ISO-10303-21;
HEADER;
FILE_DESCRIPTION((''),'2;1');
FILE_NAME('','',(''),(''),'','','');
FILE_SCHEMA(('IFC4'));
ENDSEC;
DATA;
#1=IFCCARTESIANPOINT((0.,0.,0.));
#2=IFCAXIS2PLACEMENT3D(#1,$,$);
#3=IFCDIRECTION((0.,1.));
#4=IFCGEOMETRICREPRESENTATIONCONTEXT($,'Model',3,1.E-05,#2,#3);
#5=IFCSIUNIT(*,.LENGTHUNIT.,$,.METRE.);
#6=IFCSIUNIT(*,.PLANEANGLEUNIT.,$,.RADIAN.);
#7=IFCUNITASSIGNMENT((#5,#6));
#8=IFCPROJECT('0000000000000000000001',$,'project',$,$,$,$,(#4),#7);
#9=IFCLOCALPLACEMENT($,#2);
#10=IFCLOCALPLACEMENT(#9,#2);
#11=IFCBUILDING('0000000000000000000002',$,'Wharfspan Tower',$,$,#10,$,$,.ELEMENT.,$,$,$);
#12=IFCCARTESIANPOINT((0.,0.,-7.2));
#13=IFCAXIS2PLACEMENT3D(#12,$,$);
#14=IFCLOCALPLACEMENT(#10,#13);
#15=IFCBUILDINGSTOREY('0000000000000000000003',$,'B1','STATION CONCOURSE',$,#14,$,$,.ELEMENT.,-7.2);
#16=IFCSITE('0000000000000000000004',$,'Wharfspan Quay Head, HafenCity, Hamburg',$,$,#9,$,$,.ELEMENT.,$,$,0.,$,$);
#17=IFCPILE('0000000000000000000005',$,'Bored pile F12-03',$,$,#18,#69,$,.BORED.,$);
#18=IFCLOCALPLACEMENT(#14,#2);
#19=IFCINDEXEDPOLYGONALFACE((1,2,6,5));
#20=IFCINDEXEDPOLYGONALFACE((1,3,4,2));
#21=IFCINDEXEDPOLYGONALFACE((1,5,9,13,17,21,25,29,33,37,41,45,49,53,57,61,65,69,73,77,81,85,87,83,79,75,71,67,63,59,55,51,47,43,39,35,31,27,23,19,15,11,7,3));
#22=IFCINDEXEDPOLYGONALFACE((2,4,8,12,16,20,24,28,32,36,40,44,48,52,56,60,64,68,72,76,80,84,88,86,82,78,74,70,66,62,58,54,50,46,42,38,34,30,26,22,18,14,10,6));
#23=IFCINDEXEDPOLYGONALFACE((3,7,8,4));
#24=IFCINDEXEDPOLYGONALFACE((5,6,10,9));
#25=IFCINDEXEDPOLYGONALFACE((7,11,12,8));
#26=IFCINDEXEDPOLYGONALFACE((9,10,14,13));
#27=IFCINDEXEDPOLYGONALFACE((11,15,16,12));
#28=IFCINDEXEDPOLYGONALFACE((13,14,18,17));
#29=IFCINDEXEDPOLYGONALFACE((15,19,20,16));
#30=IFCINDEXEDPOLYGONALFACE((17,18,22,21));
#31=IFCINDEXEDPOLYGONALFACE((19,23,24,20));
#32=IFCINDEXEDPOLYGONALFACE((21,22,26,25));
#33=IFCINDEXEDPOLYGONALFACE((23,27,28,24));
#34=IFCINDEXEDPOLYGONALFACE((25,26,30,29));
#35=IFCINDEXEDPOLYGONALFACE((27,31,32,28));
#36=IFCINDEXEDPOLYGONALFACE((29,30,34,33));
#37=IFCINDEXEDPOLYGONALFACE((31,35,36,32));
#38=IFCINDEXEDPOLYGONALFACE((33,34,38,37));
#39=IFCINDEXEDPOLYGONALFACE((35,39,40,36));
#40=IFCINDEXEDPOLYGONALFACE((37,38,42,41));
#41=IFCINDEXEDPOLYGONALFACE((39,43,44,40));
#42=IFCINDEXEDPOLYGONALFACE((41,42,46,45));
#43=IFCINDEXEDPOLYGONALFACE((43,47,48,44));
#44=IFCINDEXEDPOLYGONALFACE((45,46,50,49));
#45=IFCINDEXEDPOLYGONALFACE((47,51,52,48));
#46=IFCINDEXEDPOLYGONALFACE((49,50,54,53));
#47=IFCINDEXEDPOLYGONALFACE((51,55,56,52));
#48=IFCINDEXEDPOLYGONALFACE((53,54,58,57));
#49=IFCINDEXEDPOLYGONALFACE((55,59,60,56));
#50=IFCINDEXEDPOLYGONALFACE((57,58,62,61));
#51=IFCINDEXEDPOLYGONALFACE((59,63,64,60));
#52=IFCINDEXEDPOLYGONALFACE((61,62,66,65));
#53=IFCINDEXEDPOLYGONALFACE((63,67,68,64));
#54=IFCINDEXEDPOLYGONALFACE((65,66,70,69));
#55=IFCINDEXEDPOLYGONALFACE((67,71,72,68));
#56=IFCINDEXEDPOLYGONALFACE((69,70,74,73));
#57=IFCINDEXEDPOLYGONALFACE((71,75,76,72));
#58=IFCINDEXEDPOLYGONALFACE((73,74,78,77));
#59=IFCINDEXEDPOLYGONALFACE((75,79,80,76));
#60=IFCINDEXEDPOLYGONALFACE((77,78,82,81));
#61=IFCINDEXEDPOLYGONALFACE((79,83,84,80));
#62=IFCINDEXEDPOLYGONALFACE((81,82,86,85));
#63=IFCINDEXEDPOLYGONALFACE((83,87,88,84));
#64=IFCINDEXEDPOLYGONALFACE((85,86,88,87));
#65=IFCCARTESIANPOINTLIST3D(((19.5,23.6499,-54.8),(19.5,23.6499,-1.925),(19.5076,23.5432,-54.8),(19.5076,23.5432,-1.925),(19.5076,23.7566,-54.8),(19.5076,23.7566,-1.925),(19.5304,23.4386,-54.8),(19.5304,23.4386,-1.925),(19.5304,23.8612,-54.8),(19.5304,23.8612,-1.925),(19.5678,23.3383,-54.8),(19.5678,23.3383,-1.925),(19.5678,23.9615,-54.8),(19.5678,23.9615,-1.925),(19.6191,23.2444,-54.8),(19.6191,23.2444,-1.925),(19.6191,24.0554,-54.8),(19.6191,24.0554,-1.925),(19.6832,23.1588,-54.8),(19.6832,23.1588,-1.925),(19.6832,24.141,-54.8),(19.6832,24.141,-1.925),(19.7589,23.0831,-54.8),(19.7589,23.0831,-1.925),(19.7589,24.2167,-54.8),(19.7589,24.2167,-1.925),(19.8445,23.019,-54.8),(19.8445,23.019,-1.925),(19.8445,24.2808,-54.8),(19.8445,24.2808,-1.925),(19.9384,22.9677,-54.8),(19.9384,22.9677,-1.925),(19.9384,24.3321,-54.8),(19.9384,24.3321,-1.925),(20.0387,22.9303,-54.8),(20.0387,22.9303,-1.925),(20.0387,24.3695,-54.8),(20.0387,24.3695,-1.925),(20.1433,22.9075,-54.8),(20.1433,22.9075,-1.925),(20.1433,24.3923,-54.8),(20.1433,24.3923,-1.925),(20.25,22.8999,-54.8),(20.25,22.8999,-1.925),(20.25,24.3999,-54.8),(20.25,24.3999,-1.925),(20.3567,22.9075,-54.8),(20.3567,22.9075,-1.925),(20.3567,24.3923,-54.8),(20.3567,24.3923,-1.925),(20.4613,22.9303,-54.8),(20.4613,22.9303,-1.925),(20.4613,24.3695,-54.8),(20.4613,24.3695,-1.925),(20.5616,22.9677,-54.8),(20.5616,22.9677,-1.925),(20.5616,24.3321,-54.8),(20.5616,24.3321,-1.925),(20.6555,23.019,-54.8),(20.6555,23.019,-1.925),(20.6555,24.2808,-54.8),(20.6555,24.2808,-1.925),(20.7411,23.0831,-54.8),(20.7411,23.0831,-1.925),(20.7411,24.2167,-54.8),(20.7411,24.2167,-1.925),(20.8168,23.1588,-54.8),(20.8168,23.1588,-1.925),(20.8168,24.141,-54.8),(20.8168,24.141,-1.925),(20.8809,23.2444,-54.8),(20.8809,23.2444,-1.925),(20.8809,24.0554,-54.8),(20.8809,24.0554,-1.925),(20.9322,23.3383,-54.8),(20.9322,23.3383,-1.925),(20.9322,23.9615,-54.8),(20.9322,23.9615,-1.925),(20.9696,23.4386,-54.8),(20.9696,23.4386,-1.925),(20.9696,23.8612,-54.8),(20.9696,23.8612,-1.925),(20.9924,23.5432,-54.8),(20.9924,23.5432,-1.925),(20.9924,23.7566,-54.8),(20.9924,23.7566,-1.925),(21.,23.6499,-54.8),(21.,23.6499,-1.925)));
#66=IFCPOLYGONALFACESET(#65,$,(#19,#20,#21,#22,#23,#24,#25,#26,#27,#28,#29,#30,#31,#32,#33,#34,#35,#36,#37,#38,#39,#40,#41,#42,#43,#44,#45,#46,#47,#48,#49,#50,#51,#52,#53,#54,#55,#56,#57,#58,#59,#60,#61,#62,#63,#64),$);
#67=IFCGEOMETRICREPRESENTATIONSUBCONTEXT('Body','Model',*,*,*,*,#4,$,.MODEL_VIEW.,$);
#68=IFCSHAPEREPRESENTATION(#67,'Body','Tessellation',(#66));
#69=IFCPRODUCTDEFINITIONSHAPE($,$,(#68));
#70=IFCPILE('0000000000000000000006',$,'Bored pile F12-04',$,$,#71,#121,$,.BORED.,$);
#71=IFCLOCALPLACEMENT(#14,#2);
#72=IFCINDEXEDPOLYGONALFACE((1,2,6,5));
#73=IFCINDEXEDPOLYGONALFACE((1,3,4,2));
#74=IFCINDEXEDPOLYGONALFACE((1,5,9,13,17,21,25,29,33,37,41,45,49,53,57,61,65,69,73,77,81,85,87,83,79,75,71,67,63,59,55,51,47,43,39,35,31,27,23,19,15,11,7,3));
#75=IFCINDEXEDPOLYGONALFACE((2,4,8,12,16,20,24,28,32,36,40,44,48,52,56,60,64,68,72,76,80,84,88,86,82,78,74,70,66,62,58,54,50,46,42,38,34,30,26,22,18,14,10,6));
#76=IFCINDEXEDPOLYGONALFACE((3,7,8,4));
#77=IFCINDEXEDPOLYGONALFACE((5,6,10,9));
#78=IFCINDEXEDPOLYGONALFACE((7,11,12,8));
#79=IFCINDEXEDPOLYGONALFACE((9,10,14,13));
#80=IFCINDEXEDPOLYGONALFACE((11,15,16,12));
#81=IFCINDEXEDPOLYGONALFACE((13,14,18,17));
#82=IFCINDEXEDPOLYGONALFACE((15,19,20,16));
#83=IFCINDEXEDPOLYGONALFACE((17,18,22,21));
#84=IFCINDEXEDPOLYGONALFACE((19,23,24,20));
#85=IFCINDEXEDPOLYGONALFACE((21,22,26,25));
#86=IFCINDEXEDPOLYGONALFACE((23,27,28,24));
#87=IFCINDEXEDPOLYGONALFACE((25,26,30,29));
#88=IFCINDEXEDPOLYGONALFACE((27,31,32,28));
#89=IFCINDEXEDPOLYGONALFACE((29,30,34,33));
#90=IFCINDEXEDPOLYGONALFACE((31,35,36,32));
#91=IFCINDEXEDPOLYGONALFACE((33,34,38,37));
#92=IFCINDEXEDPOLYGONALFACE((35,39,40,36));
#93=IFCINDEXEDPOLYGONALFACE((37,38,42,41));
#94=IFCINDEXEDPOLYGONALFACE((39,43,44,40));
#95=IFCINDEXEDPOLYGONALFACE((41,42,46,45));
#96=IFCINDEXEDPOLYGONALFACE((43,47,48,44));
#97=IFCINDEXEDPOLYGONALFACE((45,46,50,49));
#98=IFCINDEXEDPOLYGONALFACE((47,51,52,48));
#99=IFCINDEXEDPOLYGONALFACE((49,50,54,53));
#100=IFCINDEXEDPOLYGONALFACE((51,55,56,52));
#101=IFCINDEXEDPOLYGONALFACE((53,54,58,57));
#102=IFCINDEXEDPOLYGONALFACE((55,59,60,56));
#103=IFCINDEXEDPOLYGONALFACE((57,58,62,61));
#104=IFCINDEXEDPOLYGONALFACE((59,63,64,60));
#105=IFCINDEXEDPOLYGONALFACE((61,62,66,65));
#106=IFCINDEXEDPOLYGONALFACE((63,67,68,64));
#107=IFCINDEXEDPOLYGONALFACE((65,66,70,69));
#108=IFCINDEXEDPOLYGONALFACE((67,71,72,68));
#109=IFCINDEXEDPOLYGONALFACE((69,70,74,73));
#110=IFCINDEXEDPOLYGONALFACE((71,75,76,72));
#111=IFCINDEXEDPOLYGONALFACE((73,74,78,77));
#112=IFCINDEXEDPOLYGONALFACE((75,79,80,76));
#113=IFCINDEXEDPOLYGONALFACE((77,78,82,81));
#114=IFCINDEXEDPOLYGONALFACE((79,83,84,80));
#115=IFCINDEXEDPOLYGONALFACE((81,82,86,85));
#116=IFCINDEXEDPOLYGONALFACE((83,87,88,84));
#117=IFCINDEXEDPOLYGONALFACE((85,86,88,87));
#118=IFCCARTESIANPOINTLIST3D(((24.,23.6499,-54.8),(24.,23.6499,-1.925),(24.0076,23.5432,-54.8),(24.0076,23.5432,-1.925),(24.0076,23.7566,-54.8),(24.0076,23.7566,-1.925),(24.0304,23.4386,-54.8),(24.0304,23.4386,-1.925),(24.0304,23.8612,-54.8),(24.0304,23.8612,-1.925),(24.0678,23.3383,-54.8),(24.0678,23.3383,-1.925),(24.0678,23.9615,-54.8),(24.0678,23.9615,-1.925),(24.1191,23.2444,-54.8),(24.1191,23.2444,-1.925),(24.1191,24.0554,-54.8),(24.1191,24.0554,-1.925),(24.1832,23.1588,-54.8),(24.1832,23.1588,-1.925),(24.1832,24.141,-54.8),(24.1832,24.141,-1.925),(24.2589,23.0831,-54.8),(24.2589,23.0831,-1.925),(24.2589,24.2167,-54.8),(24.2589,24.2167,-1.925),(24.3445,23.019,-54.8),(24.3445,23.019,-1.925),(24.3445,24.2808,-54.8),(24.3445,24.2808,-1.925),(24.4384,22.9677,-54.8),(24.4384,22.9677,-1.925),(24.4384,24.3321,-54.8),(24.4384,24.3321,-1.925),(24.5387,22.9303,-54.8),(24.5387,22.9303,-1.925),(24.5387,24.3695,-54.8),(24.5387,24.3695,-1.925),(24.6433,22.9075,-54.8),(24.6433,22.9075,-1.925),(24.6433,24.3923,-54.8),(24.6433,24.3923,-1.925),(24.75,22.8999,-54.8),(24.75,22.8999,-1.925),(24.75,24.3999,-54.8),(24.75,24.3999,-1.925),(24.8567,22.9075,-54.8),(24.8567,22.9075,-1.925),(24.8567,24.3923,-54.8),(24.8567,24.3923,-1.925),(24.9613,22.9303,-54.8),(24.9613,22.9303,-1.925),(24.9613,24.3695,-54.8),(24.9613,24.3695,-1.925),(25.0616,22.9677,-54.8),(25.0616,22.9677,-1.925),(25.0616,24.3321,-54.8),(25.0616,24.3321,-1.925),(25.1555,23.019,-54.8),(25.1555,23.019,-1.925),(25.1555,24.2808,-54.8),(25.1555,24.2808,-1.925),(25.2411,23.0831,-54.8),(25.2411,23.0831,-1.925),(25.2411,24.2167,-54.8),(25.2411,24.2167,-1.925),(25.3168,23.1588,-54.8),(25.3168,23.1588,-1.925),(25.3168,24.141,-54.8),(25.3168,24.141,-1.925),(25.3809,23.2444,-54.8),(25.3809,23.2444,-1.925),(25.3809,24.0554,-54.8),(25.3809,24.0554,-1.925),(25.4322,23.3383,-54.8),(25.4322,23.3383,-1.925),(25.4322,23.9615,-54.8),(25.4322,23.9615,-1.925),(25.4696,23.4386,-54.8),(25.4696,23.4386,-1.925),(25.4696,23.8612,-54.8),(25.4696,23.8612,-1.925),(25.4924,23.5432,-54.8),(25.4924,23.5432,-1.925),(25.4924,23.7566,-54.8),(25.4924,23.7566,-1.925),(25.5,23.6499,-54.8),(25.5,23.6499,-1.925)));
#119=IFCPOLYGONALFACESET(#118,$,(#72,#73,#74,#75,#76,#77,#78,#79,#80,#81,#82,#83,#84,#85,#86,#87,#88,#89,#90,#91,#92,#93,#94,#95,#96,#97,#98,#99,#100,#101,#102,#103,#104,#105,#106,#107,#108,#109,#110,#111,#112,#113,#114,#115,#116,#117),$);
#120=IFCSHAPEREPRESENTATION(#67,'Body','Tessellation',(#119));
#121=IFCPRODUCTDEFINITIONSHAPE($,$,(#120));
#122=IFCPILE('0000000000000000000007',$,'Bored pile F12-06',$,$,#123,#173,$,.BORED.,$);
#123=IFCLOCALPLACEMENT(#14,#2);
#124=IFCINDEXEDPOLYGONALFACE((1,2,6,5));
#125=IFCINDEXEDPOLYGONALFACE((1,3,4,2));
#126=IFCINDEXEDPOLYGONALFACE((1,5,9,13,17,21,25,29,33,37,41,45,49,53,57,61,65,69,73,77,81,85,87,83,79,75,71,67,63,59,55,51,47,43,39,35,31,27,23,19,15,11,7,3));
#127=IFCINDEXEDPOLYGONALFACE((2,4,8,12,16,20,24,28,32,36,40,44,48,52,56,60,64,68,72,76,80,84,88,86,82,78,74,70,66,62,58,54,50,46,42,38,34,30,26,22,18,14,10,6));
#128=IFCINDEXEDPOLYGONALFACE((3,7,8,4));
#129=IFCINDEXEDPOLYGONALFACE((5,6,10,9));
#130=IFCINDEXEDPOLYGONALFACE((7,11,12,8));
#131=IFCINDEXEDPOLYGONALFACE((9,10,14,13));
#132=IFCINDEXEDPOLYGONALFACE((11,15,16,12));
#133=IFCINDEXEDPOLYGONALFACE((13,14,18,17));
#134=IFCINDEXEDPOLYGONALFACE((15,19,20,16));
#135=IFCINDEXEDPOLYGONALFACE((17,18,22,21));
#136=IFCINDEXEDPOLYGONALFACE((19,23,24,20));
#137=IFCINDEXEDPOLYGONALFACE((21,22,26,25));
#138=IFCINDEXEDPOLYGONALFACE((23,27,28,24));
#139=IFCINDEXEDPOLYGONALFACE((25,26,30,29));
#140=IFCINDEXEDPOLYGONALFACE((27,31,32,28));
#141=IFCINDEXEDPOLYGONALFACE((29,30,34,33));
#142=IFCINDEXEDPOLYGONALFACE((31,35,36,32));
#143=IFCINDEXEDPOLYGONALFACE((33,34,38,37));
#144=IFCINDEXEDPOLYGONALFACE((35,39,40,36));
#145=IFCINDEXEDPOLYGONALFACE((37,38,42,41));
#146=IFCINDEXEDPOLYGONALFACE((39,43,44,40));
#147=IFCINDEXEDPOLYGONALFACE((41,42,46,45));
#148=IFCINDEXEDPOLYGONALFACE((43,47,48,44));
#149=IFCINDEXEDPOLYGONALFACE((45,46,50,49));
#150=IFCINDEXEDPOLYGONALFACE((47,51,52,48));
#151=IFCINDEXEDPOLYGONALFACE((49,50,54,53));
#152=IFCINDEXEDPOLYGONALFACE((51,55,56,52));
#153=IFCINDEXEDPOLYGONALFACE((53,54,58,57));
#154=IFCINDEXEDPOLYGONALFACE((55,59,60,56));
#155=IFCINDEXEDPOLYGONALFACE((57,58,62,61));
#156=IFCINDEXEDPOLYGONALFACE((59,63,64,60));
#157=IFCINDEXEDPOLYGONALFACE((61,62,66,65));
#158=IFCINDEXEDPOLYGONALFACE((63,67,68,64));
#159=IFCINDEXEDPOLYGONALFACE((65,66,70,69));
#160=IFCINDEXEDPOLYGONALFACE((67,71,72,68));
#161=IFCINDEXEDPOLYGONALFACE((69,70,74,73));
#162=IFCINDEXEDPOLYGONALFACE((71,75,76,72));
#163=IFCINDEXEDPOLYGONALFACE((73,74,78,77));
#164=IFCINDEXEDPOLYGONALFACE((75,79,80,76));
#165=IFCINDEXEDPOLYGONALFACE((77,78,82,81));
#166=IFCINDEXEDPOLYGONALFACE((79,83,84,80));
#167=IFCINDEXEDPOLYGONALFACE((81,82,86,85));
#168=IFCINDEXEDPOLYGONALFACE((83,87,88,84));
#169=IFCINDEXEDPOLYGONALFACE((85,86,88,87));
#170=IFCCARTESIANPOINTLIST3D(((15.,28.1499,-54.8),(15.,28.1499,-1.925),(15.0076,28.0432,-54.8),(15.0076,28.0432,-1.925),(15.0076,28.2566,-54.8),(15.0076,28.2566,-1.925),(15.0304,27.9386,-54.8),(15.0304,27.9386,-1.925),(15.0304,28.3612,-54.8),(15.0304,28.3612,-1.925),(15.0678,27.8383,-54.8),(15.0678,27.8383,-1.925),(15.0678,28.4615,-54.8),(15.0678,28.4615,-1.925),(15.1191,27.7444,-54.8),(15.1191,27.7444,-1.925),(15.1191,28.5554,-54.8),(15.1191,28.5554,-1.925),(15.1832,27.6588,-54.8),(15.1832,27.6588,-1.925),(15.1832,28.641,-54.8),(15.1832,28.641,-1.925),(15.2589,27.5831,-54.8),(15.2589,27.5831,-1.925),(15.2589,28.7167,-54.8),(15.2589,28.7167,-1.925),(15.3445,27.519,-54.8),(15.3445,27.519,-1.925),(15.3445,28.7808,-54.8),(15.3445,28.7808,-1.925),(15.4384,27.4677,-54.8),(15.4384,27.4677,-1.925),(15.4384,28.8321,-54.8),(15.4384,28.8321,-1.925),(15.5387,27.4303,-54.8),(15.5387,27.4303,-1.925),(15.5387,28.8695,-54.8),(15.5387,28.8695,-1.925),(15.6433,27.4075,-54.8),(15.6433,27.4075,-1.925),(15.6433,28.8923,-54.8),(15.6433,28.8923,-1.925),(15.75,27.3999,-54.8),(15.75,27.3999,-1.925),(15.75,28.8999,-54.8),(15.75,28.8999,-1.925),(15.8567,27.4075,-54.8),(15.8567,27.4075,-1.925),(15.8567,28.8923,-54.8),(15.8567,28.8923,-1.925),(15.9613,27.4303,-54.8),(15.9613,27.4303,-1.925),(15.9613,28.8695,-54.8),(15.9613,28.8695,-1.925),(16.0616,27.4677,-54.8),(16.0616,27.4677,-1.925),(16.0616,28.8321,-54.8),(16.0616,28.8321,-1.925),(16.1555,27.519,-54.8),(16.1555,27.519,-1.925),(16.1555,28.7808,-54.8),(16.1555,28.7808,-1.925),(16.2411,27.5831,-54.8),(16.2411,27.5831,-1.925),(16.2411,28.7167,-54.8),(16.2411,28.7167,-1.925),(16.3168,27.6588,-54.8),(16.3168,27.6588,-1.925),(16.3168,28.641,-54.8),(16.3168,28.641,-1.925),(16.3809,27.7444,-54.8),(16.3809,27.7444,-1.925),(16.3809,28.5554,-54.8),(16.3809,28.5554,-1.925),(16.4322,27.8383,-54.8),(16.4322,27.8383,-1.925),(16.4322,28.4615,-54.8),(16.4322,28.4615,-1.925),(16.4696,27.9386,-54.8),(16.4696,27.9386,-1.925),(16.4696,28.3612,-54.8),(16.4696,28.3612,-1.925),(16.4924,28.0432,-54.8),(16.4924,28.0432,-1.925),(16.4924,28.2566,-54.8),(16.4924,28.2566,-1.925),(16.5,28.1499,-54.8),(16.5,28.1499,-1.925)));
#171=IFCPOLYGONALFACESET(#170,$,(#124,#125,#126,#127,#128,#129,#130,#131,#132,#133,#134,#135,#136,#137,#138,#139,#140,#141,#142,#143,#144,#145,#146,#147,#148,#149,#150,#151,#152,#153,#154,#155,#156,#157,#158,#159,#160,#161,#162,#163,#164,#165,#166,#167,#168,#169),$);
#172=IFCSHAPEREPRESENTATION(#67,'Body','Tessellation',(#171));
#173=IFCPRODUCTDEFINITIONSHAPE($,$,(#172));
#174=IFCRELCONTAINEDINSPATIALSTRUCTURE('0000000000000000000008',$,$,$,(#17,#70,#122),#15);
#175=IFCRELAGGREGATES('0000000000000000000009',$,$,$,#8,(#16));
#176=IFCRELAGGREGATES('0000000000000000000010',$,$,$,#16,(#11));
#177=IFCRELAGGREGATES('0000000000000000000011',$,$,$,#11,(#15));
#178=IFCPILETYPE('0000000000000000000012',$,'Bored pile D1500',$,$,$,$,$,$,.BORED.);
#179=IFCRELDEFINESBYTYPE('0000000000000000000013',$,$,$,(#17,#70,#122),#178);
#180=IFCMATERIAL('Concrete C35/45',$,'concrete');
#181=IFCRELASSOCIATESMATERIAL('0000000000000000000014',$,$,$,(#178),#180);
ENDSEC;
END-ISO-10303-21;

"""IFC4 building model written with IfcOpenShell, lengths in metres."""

from ifc_helpers import new_model, si_unit, direction, frame, origin, origin_2d, place, context, subcontext, project, spatial, circle, extrude, material, material_profile, profile_set, type_object, element, save


model = new_model("IFC4")

# Units and contexts
model_context = context("Model", 3, precision=1e-05, world=origin(), true_north=direction((0.0, 1.0)))
body_context = subcontext(model_context, "Body", "Model", "MODEL_VIEW")
ifc_project = project(units=[si_unit("LENGTHUNIT", "METRE"), si_unit("PLANEANGLEUNIT", "RADIAN")], contexts=[model_context])

# Site, building, storey
site_placement = place(None, origin())
site = spatial("IfcSite", under=ifc_project, at=site_placement, Name="Wharfspan Quay Head, HafenCity, Hamburg", CompositionType="ELEMENT", RefElevation=0.0)
building_placement = place(site_placement, origin())
building = spatial("IfcBuilding", under=site, at=building_placement, Name="Wharfspan Tower", CompositionType="ELEMENT")
storey_placement = place(building_placement, frame((0.0, 0.0, -7.2)))
storey = spatial("IfcBuildingStorey", under=building, at=storey_placement, Name="B1", Description="STATION CONCOURSE", CompositionType="ELEMENT", Elevation=-7.2)

# Piles
ifc_material_1 = material(Name="Concrete C35/45", Category="concrete")
ifc_material_profile_1 = material_profile(ifc_material_1, circle(Radius=0.75, at=origin_2d()))
ifc_profile_set_1 = profile_set([ifc_material_profile_1], Name="Concrete C35/45")
pile_type = type_object("IfcPileType", Name="Bored pile D1500", PredefinedType="BORED", material=ifc_profile_set_1)
for number, where, z_axis, x_axis, name in (
    (1, (20.25, 23.6499, -1.925), (0.0, 0.0, -1.0), (1.0, 0.0, 0.0), "Bored pile F12-03"),
    (2, (24.75, 23.6499, -1.925), (0.0, 0.0, -1.0), (1.0, 0.0, 0.0), "Bored pile F12-04"),
    (3, (15.75, 28.1499, -1.925), (0.0, 0.0, -1.0), (1.0, 0.0, 0.0), "Bored pile F12-06"),
):
    element("IfcPile", number, at=place(storey_placement, frame(where, z_axis=z_axis, x_axis=x_axis)), inside=storey, type_object=pile_type, Name=name, PredefinedType="BORED", context=body_context, shape_type="SweptSolid", body=[
        extrude(circle(Radius=0.75, at=origin_2d()), origin(), (0.0, 0.0, 1.0), 52.875),
    ])

save(model, "model.ifc")
